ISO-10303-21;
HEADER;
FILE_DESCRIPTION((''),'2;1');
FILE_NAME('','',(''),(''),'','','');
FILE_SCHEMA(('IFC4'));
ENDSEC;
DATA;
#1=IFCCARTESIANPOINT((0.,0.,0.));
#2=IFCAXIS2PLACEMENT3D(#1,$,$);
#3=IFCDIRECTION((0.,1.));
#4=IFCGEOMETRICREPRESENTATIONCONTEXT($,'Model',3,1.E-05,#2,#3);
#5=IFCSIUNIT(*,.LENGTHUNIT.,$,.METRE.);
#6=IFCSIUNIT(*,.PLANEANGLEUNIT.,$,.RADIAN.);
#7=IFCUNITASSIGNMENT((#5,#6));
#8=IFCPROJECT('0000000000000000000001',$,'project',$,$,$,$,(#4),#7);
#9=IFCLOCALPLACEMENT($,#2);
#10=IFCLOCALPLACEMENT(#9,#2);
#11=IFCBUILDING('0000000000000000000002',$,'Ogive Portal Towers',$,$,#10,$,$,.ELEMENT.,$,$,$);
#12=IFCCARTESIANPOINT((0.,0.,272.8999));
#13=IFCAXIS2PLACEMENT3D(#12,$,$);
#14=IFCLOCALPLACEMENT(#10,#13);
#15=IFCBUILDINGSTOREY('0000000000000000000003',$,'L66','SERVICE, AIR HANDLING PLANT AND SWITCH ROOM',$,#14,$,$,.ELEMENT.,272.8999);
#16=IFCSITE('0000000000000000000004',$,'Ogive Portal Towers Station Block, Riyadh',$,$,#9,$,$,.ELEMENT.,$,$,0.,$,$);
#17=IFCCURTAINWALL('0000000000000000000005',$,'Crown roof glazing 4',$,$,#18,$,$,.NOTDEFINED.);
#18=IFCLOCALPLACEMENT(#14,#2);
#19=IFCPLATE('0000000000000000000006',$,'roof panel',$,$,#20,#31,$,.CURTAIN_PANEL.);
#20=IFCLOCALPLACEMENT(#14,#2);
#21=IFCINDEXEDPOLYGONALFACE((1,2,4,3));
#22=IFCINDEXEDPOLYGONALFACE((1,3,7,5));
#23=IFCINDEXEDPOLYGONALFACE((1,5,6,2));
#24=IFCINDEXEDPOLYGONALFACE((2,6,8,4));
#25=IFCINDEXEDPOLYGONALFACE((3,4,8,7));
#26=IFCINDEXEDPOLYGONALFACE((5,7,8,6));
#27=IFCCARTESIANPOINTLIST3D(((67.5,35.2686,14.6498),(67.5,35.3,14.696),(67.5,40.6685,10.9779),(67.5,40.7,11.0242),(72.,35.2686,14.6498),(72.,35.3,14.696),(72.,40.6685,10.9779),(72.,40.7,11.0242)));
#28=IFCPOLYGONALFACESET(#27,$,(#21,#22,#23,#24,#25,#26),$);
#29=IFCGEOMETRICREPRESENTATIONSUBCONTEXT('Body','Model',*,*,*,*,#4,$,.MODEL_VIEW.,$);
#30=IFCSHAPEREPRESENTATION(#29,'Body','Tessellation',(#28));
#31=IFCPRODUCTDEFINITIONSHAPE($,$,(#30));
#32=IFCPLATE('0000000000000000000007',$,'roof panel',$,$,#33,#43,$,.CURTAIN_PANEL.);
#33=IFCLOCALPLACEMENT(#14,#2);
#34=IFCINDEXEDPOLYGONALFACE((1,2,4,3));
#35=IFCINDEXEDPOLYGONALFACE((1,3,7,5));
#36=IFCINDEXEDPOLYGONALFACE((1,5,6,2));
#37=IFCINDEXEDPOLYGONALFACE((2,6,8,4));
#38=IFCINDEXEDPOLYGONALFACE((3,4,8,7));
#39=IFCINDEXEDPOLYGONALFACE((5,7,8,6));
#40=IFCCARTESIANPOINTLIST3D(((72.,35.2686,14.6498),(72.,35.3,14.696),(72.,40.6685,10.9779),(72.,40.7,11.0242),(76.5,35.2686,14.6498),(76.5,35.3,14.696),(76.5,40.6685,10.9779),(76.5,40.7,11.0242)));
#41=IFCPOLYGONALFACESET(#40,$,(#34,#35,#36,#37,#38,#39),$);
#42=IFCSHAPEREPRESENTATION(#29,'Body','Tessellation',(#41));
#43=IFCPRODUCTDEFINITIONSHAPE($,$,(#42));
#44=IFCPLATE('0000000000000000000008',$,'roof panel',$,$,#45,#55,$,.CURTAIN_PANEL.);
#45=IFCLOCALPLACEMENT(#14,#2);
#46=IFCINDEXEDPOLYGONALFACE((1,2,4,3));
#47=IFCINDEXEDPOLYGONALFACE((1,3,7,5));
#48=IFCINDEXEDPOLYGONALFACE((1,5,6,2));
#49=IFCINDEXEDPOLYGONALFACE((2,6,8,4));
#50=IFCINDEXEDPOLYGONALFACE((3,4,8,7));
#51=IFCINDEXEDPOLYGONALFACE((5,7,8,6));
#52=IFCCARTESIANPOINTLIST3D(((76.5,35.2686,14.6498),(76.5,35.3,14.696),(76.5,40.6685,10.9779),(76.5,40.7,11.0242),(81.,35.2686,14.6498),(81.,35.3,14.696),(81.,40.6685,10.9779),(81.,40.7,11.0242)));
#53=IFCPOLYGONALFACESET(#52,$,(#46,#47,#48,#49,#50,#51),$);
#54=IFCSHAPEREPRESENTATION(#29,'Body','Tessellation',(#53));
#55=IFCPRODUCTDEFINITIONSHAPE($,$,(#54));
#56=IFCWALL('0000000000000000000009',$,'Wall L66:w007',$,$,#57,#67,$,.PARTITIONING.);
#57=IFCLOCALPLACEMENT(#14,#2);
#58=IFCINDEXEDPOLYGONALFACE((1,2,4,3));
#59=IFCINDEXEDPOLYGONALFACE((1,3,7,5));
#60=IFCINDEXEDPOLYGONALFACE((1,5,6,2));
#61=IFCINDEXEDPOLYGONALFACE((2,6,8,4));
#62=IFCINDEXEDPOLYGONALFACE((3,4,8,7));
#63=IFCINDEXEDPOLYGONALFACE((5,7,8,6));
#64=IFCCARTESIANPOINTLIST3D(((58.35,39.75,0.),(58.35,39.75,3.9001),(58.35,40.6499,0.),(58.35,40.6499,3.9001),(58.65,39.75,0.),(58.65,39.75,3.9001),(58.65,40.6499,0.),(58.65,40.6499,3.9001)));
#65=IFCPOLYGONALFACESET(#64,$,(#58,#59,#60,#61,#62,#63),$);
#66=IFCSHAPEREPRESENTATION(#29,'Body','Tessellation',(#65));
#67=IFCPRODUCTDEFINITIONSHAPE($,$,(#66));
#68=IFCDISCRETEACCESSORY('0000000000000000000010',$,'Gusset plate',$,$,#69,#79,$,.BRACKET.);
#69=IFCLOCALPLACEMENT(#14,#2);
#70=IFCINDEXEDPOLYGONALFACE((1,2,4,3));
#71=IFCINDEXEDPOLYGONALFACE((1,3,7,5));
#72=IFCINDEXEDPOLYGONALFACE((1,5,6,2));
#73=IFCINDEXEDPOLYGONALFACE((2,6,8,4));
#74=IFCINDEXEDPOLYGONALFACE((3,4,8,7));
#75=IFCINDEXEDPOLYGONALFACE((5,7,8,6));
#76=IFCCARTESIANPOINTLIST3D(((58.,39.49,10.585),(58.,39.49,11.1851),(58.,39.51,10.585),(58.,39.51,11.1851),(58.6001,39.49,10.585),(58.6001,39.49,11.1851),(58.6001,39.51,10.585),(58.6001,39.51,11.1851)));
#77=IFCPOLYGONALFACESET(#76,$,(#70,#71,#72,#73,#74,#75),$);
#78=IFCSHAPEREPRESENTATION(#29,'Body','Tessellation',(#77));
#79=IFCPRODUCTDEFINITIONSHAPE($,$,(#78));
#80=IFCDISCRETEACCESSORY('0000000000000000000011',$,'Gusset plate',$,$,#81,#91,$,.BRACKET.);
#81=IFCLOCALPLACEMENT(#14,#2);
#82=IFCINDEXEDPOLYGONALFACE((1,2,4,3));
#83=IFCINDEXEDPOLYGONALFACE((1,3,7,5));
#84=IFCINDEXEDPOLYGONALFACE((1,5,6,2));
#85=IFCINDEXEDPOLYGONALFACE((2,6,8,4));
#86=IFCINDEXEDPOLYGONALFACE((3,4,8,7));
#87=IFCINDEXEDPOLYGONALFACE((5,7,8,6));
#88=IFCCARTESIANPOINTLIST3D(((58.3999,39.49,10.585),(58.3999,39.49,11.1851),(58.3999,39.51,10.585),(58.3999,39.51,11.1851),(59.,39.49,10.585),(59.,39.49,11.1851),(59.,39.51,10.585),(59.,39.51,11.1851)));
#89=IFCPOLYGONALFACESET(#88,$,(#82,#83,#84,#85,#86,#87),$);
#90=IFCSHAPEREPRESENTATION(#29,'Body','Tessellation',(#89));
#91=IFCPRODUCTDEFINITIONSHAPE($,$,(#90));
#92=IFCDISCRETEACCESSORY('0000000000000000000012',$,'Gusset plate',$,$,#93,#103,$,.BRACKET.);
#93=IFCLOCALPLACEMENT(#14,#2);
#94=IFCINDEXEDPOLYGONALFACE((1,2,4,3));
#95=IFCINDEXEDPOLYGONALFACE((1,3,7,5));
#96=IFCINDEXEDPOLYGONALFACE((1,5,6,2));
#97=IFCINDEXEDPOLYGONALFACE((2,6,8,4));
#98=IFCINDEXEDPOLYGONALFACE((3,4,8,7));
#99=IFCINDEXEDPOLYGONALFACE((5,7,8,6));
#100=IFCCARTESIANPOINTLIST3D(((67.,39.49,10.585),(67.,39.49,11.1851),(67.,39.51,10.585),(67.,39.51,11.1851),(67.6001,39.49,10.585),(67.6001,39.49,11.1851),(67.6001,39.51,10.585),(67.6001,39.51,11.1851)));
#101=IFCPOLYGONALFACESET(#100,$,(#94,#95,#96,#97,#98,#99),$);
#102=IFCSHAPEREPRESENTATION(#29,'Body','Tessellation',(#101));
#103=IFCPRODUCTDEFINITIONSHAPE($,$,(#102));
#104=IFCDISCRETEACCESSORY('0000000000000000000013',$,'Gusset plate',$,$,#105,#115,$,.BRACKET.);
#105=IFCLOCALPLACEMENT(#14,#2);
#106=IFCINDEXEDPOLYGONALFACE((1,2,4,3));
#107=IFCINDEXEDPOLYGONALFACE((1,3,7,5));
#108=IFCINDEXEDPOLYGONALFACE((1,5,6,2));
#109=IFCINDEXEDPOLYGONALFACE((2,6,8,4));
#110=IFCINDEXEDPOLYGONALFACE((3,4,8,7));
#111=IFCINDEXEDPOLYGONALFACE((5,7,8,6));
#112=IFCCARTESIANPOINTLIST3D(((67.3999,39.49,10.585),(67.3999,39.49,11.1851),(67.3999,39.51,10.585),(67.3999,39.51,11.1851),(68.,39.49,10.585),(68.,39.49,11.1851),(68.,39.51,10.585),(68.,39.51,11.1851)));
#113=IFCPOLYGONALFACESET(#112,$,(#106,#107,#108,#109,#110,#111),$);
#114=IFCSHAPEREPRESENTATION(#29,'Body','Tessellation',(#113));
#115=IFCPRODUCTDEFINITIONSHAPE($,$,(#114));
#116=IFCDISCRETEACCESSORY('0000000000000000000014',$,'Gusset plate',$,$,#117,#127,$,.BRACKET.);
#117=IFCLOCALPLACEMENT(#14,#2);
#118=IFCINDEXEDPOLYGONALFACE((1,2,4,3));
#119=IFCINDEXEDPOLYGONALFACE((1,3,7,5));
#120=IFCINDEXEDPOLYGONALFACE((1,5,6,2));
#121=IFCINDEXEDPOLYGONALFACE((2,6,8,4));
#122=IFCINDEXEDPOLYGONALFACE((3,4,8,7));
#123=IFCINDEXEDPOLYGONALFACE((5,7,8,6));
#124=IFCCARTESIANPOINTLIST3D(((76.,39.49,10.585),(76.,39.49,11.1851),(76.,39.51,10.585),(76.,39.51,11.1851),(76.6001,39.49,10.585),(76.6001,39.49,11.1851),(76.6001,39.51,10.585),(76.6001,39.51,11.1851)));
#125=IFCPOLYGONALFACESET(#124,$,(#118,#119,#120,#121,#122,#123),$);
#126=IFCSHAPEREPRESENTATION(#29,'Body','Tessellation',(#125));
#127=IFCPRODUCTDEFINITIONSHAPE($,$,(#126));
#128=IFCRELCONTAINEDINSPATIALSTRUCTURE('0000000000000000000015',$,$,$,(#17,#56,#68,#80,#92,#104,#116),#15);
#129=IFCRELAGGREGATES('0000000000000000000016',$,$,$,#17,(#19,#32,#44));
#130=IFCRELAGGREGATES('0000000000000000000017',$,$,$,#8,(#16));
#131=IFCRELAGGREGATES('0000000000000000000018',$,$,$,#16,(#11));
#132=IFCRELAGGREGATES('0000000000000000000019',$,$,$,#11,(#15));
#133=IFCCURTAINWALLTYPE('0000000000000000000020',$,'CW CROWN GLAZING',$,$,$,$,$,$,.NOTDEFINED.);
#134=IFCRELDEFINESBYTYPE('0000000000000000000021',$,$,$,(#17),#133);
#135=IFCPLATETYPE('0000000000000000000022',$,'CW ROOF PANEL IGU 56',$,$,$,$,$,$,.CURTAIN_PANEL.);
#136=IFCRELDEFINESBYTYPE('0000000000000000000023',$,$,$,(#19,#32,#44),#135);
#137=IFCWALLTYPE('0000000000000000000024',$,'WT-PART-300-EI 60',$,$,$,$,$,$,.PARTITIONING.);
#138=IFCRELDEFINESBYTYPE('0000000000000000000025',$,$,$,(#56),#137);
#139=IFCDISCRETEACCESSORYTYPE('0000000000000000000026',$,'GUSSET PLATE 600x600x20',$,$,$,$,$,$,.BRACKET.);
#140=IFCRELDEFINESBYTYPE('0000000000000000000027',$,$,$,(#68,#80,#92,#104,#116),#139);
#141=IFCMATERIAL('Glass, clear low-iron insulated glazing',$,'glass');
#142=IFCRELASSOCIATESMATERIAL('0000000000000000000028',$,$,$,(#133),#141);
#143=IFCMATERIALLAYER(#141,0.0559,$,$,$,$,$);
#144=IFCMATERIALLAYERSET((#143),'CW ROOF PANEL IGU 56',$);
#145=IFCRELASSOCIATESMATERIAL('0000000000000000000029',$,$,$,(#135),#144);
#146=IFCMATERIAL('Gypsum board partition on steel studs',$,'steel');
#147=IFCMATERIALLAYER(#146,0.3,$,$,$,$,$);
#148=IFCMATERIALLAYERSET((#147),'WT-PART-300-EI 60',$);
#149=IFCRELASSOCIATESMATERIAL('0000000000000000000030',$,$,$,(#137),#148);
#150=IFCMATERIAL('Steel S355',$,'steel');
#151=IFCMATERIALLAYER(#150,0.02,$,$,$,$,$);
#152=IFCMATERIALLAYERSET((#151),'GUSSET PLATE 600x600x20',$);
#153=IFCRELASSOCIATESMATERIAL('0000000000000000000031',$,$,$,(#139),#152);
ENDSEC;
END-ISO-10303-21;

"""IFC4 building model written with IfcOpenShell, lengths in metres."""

from ifc_helpers import new_model, si_unit, direction, frame, frame_2d, origin, origin_2d, place, context, subcontext, project, spatial, polyline, rectangle, outline, extrude, material, layer, layer_set, type_object, element, aggregate, save


model = new_model("IFC4")

# Units and contexts
model_context = context("Model", 3, precision=1e-05, world=origin(), true_north=direction((0.0, 1.0)))
body_context = subcontext(model_context, "Body", "Model", "MODEL_VIEW")
ifc_project = project(units=[si_unit("LENGTHUNIT", "METRE"), si_unit("PLANEANGLEUNIT", "RADIAN")], contexts=[model_context])

# Site, building, storey
site_placement = place(None, origin())
site = spatial("IfcSite", under=ifc_project, at=site_placement, Name="Ogive Portal Towers Station Block, Riyadh", CompositionType="ELEMENT", RefElevation=0.0)
building_placement = place(site_placement, origin())
building = spatial("IfcBuilding", under=site, at=building_placement, Name="Ogive Portal Towers", CompositionType="ELEMENT")
storey_placement = place(building_placement, frame((0.0, 0.0, 272.8999)))
storey = spatial("IfcBuildingStorey", under=building, at=storey_placement, Name="L66", Description="SERVICE, AIR HANDLING PLANT AND SWITCH ROOM", CompositionType="ELEMENT", Elevation=272.8999)

# Shared definitions
ifc_material_1 = material(Name="Steel S355", Category="steel")

# Shared definitions
ifc_material_2 = material(Name="Glass, clear low-iron insulated glazing", Category="glass")
curtain_wall_type = type_object("IfcCurtainWallType", Name="CW CROWN GLAZING", PredefinedType="NOTDEFINED", material=ifc_material_2)

# Curtain wall
curtain_wall_1_placement = place(storey_placement, origin())
curtain_wall_1 = element("IfcCurtainWall", 1, at=curtain_wall_1_placement, inside=storey, type_object=curtain_wall_type, Name="Crown roof glazing 4", PredefinedType="NOTDEFINED")

# Plates
ifc_layer_1 = layer(ifc_material_2, 0.0559)
ifc_layer_set_1 = layer_set([ifc_layer_1], Name="CW ROOF PANEL IGU 56")
plate_type_1 = type_object("IfcPlateType", Name="CW ROOF PANEL IGU 56", PredefinedType="CURTAIN_PANEL", material=ifc_layer_set_1)
plate_1_placement = place(storey_placement, frame((67.5, 40.7, 11.0242), z_axis=(0.0, 0.562304, 0.826931), x_axis=(0.0, -0.826931, 0.562304)))
plate_1 = element("IfcPlate", 2, at=plate_1_placement, type_object=plate_type_1, Name="roof panel", PredefinedType="CURTAIN_PANEL", context=body_context, shape_type="SweptSolid", body=[
    extrude(outline(polyline([(0.0, 0.0), (6.5301, 0.0), (6.5301, 4.5), (0.0, 4.5), (0.0, 0.0)])), origin(), (0.0, 0.0, -1.0), 0.0559),
])
plate_2_placement = place(storey_placement, frame((72.0, 40.7, 11.0242), z_axis=(0.0, 0.562304, 0.826931), x_axis=(0.0, -0.826931, 0.562304)))
plate_2 = element("IfcPlate", 3, at=plate_2_placement, type_object=plate_type_1, Name="roof panel", PredefinedType="CURTAIN_PANEL", context=body_context, shape_type="SweptSolid", body=[
    extrude(outline(polyline([(0.0, 0.0), (6.5301, 0.0), (6.5301, 4.5), (0.0, 4.5), (0.0, 0.0)])), origin(), (0.0, 0.0, -1.0), 0.0559),
])
plate_3_placement = place(storey_placement, frame((76.5, 40.7, 11.0242), z_axis=(0.0, 0.562304, 0.826931), x_axis=(0.0, -0.826931, 0.562304)))
plate_3 = element("IfcPlate", 4, at=plate_3_placement, type_object=plate_type_1, Name="roof panel", PredefinedType="CURTAIN_PANEL", context=body_context, shape_type="SweptSolid", body=[
    extrude(outline(polyline([(0.0, 0.0), (6.5301, 0.0), (6.5301, 4.5), (0.0, 4.5), (0.0, 0.0)])), origin(), (0.0, 0.0, -1.0), 0.0559),
])
aggregate(curtain_wall_1, [plate_1, plate_2, plate_3])

# Wall
ifc_material_3 = material(Name="Gypsum board partition on steel studs", Category="steel")
ifc_layer_2 = layer(ifc_material_3, 0.3)
ifc_layer_set_2 = layer_set([ifc_layer_2], Name="WT-PART-300-EI 60")
wall_type = type_object("IfcWallType", Name="WT-PART-300-EI 60", PredefinedType="PARTITIONING", material=ifc_layer_set_2)
wall_placement = place(storey_placement, frame((58.5, 39.75, 0.0), z_axis=(0.0, 0.0, 1.0), x_axis=(0.0, 1.0, 0.0)))
element("IfcWall", 5, at=wall_placement, inside=storey, type_object=wall_type, Name="Wall L66:w007", PredefinedType="PARTITIONING", context=body_context, shape_type="SweptSolid", body=[
    extrude(rectangle(XDim=0.8999, YDim=0.3, at=frame_2d((0.45, 0.0))), origin(), (0.0, 0.0, 1.0), 3.9001),
])

# Discrete accessories
ifc_layer_3 = layer(ifc_material_1, 0.02)
ifc_layer_set_3 = layer_set([ifc_layer_3], Name="GUSSET PLATE 600x600x20")
discrete_accessory_type = type_object("IfcDiscreteAccessoryType", Name="GUSSET PLATE 600x600x20", PredefinedType="BRACKET", material=ifc_layer_set_3)
for number, where, z_axis, x_axis, name in (
    (6, (58.3, 39.5, 10.585), (0.0, 0.0, 1.0), (1.0, 0.0, 0.0), "Gusset plate"),
    (7, (58.7, 39.5, 10.585), (0.0, 0.0, 1.0), (1.0, 0.0, 0.0), "Gusset plate"),
    (8, (67.3, 39.5, 10.585), (0.0, 0.0, 1.0), (1.0, 0.0, 0.0), "Gusset plate"),
    (9, (67.7, 39.5, 10.585), (0.0, 0.0, 1.0), (1.0, 0.0, 0.0), "Gusset plate"),
    (10, (76.3, 39.5, 10.585), (0.0, 0.0, 1.0), (1.0, 0.0, 0.0), "Gusset plate"),
):
    element("IfcDiscreteAccessory", number, at=place(storey_placement, frame(where, z_axis=z_axis, x_axis=x_axis)), inside=storey, type_object=discrete_accessory_type, Name=name, PredefinedType="BRACKET", context=body_context, shape_type="SweptSolid", body=[
        extrude(rectangle(XDim=0.6001, YDim=0.02, at=origin_2d()), origin(), (0.0, 0.0, 1.0), 0.6001),
    ])

save(model, "model.ifc")
